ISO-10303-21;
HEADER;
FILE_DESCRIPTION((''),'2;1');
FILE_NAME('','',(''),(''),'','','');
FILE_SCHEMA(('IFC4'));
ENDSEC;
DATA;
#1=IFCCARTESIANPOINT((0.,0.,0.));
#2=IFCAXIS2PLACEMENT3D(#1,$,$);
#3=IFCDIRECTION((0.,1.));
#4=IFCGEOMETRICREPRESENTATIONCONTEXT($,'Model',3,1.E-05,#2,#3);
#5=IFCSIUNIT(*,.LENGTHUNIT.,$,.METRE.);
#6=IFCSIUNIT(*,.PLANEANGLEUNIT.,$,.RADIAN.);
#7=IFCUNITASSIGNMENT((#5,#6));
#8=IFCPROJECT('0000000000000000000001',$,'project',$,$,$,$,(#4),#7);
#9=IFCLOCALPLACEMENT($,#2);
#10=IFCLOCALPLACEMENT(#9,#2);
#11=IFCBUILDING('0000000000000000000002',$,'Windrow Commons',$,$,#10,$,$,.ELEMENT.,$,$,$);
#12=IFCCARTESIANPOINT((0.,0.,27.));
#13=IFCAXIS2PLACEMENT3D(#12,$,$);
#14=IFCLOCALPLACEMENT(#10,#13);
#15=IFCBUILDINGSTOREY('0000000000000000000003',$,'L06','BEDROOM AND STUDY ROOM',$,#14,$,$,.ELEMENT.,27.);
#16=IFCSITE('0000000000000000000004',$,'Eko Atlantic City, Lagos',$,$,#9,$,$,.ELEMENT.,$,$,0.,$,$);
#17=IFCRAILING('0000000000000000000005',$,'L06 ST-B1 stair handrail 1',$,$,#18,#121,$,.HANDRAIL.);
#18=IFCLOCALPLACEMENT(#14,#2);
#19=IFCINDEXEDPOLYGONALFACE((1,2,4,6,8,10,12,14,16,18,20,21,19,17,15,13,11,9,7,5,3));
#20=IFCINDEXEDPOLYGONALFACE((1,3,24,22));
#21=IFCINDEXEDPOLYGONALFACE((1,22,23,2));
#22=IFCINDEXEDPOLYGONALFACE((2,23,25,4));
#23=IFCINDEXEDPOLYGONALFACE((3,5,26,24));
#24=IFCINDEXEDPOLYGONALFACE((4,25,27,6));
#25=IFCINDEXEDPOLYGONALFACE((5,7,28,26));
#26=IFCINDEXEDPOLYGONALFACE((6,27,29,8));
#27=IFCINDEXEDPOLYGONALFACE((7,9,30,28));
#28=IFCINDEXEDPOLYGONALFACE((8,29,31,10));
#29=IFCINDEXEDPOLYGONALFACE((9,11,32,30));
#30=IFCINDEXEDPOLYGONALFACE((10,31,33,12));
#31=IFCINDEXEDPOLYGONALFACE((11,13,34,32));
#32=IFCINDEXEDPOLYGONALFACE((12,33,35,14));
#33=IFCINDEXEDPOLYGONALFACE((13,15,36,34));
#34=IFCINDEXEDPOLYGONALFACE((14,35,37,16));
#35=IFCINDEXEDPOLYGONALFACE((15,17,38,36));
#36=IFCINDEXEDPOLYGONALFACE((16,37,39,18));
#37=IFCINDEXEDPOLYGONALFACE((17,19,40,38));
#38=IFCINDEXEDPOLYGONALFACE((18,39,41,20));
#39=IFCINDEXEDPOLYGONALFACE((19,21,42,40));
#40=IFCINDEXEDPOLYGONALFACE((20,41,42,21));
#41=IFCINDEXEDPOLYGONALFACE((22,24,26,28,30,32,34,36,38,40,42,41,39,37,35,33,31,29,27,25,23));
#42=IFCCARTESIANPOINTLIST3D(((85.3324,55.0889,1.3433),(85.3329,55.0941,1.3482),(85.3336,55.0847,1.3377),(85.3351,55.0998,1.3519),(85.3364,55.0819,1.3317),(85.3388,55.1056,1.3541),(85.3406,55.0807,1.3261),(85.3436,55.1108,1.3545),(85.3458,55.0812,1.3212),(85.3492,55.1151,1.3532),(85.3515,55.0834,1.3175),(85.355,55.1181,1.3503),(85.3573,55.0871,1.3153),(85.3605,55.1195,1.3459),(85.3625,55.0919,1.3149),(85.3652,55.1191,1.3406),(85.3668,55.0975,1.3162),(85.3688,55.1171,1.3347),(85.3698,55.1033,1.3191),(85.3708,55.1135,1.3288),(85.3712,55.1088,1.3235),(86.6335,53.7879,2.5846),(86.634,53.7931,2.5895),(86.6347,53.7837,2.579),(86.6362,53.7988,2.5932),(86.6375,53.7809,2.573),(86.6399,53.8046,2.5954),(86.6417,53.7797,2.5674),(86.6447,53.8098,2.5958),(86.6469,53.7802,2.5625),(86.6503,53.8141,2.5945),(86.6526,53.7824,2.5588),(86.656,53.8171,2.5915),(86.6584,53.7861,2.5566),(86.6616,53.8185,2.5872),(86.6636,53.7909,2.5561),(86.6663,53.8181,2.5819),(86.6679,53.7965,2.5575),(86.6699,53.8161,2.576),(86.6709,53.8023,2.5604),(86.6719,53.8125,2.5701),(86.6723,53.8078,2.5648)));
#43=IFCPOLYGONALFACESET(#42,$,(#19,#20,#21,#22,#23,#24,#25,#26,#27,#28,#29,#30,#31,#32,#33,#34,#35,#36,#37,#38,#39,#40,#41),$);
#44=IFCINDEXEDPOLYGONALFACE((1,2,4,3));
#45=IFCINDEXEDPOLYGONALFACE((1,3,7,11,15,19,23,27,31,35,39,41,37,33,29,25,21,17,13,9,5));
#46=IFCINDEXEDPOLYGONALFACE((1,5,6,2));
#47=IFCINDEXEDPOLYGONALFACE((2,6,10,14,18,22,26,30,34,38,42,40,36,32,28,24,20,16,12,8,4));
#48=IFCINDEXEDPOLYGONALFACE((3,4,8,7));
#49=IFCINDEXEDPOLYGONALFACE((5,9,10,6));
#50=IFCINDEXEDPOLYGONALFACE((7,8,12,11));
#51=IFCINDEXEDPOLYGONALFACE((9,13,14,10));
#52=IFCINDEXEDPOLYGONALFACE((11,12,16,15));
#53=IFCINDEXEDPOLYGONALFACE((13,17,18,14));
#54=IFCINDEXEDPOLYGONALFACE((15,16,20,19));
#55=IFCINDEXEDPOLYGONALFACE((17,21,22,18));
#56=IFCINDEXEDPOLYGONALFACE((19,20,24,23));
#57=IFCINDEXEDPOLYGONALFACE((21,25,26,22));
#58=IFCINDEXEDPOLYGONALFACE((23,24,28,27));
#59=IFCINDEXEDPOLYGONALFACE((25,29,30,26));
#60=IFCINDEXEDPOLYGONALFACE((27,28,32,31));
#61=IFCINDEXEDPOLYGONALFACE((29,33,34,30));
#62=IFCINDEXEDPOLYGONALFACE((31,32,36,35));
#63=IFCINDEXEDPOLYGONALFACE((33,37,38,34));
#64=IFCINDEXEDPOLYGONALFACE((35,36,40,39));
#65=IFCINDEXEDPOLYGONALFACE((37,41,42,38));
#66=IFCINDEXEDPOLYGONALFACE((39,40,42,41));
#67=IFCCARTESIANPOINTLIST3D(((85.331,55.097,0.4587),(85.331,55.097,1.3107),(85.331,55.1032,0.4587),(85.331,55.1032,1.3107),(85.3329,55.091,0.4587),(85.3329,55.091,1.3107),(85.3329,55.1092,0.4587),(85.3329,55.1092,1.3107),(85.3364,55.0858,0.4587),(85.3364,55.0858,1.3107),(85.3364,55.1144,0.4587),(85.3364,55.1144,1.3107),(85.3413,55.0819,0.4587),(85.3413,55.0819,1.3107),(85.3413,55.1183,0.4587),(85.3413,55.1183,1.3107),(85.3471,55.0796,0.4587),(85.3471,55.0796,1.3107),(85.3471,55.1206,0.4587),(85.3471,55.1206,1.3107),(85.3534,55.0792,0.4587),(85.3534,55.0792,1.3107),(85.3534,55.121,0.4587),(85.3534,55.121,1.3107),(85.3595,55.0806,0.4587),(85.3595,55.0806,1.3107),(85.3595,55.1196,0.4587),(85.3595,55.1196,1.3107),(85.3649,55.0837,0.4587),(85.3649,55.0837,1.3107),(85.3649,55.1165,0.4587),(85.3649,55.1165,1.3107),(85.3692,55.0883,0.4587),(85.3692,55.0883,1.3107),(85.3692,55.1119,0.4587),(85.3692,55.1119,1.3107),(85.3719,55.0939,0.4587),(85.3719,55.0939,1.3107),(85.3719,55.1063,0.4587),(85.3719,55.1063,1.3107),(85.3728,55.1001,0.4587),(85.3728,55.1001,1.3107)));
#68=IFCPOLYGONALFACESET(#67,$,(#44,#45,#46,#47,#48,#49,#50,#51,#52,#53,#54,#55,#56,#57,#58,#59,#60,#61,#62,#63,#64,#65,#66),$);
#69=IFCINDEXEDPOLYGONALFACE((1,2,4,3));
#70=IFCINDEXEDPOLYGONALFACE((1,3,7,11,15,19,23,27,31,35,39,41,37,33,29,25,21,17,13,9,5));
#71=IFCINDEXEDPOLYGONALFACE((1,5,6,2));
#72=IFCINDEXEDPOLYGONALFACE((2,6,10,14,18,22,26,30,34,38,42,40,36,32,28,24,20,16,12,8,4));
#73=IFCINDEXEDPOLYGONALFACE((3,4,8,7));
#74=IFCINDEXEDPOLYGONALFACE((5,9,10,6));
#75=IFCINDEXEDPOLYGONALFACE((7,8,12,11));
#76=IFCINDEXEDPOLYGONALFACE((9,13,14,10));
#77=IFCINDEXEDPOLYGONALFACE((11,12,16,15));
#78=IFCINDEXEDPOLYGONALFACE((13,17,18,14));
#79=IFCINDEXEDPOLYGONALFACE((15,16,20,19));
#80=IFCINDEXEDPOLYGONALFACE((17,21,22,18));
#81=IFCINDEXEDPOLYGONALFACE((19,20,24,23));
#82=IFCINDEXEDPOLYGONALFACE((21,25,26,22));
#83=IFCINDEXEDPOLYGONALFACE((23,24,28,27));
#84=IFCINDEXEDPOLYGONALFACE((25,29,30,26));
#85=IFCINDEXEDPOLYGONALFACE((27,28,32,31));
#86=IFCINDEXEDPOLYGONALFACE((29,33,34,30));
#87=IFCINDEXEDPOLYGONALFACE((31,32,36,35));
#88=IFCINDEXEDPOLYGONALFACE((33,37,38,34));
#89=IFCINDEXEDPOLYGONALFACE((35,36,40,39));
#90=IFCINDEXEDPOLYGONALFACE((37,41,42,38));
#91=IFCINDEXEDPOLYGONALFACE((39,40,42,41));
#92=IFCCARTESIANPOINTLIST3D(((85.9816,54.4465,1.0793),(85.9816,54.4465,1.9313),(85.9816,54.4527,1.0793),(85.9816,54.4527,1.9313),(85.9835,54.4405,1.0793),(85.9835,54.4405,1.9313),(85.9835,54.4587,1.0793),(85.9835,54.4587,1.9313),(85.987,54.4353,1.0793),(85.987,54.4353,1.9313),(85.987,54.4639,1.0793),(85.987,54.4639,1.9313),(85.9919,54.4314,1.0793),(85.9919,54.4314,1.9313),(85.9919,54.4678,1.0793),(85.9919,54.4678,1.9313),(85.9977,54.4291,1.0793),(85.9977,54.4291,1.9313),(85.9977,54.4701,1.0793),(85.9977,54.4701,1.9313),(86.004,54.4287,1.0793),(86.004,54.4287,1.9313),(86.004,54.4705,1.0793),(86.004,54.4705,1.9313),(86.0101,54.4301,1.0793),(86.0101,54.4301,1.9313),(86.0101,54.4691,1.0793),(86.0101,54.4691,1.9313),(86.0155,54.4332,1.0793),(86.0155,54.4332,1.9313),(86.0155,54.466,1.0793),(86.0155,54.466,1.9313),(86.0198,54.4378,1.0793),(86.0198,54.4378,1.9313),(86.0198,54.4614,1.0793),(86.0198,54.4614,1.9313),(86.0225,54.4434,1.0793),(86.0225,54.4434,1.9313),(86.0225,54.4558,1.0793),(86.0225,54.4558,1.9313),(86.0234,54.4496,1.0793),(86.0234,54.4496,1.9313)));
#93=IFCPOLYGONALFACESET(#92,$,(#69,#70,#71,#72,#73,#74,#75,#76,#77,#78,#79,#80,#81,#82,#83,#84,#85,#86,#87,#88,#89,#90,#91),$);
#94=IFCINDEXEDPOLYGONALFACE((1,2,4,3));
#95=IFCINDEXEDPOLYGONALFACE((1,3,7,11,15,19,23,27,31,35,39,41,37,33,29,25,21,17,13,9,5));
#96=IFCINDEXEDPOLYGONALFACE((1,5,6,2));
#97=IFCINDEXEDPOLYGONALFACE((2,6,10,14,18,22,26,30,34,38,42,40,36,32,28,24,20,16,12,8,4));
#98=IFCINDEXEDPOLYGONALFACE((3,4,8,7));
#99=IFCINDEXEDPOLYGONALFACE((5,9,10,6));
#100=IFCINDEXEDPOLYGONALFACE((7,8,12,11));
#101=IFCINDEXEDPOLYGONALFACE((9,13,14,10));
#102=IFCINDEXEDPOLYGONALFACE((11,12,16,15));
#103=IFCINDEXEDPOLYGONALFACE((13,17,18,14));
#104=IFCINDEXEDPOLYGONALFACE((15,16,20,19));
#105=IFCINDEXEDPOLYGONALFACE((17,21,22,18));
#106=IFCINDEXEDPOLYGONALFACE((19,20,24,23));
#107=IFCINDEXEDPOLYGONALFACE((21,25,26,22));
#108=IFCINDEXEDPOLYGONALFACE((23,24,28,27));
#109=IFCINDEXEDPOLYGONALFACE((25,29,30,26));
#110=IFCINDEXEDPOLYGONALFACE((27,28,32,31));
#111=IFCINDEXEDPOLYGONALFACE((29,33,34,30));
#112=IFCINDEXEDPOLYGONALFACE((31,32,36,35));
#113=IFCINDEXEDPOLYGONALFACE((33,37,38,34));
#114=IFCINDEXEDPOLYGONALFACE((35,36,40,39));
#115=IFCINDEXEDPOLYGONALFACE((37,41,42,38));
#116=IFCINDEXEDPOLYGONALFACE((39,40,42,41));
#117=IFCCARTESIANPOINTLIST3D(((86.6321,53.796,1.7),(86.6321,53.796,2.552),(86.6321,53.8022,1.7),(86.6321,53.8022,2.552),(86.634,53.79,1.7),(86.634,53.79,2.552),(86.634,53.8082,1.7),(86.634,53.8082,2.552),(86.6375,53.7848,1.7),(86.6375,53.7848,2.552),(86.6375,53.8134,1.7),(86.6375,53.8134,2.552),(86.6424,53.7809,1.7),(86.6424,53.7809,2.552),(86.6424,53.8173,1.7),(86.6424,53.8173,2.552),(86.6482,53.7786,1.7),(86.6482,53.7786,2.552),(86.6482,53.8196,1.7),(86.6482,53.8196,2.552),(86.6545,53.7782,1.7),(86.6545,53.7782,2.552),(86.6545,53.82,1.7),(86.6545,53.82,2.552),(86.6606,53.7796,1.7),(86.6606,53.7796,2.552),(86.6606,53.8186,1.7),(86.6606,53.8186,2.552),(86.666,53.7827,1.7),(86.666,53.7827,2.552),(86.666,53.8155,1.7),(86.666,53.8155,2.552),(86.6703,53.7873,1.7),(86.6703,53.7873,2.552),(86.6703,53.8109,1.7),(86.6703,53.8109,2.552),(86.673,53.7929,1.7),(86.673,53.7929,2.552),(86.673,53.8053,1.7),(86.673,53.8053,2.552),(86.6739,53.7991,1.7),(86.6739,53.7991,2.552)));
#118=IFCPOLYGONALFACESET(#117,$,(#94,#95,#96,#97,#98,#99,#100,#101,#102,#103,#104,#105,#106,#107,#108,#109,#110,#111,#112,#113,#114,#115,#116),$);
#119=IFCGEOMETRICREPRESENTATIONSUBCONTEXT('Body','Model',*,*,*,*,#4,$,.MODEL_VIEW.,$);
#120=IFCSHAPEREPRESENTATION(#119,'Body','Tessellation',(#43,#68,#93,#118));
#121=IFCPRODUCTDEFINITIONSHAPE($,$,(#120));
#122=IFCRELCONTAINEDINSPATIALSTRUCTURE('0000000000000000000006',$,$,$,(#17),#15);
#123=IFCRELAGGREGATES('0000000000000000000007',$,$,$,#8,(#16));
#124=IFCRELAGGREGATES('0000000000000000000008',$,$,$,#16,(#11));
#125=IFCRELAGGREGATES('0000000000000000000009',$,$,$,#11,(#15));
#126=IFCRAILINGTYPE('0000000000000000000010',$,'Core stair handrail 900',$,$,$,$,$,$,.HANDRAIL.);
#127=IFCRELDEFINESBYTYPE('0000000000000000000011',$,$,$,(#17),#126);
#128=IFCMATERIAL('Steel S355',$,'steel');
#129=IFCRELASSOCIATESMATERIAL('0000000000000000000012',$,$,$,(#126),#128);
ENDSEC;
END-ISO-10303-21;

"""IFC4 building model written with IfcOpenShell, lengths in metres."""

from ifc_helpers import new_model, si_unit, direction, frame, origin, origin_2d, place, context, subcontext, project, spatial, circle, extrude, material, type_object, element, save


model = new_model("IFC4")

# Units and contexts
model_context = context("Model", 3, precision=1e-05, world=origin(), true_north=direction((0.0, 1.0)))
body_context = subcontext(model_context, "Body", "Model", "MODEL_VIEW")
ifc_project = project(units=[si_unit("LENGTHUNIT", "METRE"), si_unit("PLANEANGLEUNIT", "RADIAN")], contexts=[model_context])

# Site, building, storey
site_placement = place(None, origin())
site = spatial("IfcSite", under=ifc_project, at=site_placement, Name="Eko Atlantic City, Lagos", CompositionType="ELEMENT", RefElevation=0.0)
building_placement = place(site_placement, origin())
building = spatial("IfcBuilding", under=site, at=building_placement, Name="Windrow Commons", CompositionType="ELEMENT")
storey_placement = place(building_placement, frame((0.0, 0.0, 27.0)))
storey = spatial("IfcBuildingStorey", under=building, at=storey_placement, Name="L06", Description="BEDROOM AND STUDY ROOM", CompositionType="ELEMENT", Elevation=27.0)

# Railing
ifc_material_1 = material(Name="Steel S355", Category="steel")
railing_type_1 = type_object("IfcRailingType", Name="Core stair handrail 900", PredefinedType="HANDRAIL", material=ifc_material_1)
railing_1_placement = place(storey_placement, frame((85.3518, 55.1001, 0.4587)))
element("IfcRailing", 1, at=railing_1_placement, inside=storey, type_object=railing_type_1, Name="L06 ST-B1 stair handrail 1", PredefinedType="HANDRAIL", context=body_context, shape_type="SweptSolid", body=[
    extrude(circle(Radius=0.024, at=origin_2d()), frame((0.0, 0.0, 0.876), z_axis=(0.586207, -0.586162, 0.559264), x_axis=(0.70708, 0.707134, 0.0)), (0.0, 0.0, 1.0), 2.2195),
    extrude(circle(Radius=0.021, at=origin_2d()), origin(), (0.0, 0.0, 1.0), 0.852),
    extrude(circle(Radius=0.021, at=origin_2d()), frame((0.6506, -0.6505, 0.6206)), (0.0, 0.0, 1.0), 0.852),
    extrude(circle(Radius=0.021, at=origin_2d()), frame((1.3011, -1.301, 1.2413)), (0.0, 0.0, 1.0), 0.852),
])

save(model, "model.ifc")
